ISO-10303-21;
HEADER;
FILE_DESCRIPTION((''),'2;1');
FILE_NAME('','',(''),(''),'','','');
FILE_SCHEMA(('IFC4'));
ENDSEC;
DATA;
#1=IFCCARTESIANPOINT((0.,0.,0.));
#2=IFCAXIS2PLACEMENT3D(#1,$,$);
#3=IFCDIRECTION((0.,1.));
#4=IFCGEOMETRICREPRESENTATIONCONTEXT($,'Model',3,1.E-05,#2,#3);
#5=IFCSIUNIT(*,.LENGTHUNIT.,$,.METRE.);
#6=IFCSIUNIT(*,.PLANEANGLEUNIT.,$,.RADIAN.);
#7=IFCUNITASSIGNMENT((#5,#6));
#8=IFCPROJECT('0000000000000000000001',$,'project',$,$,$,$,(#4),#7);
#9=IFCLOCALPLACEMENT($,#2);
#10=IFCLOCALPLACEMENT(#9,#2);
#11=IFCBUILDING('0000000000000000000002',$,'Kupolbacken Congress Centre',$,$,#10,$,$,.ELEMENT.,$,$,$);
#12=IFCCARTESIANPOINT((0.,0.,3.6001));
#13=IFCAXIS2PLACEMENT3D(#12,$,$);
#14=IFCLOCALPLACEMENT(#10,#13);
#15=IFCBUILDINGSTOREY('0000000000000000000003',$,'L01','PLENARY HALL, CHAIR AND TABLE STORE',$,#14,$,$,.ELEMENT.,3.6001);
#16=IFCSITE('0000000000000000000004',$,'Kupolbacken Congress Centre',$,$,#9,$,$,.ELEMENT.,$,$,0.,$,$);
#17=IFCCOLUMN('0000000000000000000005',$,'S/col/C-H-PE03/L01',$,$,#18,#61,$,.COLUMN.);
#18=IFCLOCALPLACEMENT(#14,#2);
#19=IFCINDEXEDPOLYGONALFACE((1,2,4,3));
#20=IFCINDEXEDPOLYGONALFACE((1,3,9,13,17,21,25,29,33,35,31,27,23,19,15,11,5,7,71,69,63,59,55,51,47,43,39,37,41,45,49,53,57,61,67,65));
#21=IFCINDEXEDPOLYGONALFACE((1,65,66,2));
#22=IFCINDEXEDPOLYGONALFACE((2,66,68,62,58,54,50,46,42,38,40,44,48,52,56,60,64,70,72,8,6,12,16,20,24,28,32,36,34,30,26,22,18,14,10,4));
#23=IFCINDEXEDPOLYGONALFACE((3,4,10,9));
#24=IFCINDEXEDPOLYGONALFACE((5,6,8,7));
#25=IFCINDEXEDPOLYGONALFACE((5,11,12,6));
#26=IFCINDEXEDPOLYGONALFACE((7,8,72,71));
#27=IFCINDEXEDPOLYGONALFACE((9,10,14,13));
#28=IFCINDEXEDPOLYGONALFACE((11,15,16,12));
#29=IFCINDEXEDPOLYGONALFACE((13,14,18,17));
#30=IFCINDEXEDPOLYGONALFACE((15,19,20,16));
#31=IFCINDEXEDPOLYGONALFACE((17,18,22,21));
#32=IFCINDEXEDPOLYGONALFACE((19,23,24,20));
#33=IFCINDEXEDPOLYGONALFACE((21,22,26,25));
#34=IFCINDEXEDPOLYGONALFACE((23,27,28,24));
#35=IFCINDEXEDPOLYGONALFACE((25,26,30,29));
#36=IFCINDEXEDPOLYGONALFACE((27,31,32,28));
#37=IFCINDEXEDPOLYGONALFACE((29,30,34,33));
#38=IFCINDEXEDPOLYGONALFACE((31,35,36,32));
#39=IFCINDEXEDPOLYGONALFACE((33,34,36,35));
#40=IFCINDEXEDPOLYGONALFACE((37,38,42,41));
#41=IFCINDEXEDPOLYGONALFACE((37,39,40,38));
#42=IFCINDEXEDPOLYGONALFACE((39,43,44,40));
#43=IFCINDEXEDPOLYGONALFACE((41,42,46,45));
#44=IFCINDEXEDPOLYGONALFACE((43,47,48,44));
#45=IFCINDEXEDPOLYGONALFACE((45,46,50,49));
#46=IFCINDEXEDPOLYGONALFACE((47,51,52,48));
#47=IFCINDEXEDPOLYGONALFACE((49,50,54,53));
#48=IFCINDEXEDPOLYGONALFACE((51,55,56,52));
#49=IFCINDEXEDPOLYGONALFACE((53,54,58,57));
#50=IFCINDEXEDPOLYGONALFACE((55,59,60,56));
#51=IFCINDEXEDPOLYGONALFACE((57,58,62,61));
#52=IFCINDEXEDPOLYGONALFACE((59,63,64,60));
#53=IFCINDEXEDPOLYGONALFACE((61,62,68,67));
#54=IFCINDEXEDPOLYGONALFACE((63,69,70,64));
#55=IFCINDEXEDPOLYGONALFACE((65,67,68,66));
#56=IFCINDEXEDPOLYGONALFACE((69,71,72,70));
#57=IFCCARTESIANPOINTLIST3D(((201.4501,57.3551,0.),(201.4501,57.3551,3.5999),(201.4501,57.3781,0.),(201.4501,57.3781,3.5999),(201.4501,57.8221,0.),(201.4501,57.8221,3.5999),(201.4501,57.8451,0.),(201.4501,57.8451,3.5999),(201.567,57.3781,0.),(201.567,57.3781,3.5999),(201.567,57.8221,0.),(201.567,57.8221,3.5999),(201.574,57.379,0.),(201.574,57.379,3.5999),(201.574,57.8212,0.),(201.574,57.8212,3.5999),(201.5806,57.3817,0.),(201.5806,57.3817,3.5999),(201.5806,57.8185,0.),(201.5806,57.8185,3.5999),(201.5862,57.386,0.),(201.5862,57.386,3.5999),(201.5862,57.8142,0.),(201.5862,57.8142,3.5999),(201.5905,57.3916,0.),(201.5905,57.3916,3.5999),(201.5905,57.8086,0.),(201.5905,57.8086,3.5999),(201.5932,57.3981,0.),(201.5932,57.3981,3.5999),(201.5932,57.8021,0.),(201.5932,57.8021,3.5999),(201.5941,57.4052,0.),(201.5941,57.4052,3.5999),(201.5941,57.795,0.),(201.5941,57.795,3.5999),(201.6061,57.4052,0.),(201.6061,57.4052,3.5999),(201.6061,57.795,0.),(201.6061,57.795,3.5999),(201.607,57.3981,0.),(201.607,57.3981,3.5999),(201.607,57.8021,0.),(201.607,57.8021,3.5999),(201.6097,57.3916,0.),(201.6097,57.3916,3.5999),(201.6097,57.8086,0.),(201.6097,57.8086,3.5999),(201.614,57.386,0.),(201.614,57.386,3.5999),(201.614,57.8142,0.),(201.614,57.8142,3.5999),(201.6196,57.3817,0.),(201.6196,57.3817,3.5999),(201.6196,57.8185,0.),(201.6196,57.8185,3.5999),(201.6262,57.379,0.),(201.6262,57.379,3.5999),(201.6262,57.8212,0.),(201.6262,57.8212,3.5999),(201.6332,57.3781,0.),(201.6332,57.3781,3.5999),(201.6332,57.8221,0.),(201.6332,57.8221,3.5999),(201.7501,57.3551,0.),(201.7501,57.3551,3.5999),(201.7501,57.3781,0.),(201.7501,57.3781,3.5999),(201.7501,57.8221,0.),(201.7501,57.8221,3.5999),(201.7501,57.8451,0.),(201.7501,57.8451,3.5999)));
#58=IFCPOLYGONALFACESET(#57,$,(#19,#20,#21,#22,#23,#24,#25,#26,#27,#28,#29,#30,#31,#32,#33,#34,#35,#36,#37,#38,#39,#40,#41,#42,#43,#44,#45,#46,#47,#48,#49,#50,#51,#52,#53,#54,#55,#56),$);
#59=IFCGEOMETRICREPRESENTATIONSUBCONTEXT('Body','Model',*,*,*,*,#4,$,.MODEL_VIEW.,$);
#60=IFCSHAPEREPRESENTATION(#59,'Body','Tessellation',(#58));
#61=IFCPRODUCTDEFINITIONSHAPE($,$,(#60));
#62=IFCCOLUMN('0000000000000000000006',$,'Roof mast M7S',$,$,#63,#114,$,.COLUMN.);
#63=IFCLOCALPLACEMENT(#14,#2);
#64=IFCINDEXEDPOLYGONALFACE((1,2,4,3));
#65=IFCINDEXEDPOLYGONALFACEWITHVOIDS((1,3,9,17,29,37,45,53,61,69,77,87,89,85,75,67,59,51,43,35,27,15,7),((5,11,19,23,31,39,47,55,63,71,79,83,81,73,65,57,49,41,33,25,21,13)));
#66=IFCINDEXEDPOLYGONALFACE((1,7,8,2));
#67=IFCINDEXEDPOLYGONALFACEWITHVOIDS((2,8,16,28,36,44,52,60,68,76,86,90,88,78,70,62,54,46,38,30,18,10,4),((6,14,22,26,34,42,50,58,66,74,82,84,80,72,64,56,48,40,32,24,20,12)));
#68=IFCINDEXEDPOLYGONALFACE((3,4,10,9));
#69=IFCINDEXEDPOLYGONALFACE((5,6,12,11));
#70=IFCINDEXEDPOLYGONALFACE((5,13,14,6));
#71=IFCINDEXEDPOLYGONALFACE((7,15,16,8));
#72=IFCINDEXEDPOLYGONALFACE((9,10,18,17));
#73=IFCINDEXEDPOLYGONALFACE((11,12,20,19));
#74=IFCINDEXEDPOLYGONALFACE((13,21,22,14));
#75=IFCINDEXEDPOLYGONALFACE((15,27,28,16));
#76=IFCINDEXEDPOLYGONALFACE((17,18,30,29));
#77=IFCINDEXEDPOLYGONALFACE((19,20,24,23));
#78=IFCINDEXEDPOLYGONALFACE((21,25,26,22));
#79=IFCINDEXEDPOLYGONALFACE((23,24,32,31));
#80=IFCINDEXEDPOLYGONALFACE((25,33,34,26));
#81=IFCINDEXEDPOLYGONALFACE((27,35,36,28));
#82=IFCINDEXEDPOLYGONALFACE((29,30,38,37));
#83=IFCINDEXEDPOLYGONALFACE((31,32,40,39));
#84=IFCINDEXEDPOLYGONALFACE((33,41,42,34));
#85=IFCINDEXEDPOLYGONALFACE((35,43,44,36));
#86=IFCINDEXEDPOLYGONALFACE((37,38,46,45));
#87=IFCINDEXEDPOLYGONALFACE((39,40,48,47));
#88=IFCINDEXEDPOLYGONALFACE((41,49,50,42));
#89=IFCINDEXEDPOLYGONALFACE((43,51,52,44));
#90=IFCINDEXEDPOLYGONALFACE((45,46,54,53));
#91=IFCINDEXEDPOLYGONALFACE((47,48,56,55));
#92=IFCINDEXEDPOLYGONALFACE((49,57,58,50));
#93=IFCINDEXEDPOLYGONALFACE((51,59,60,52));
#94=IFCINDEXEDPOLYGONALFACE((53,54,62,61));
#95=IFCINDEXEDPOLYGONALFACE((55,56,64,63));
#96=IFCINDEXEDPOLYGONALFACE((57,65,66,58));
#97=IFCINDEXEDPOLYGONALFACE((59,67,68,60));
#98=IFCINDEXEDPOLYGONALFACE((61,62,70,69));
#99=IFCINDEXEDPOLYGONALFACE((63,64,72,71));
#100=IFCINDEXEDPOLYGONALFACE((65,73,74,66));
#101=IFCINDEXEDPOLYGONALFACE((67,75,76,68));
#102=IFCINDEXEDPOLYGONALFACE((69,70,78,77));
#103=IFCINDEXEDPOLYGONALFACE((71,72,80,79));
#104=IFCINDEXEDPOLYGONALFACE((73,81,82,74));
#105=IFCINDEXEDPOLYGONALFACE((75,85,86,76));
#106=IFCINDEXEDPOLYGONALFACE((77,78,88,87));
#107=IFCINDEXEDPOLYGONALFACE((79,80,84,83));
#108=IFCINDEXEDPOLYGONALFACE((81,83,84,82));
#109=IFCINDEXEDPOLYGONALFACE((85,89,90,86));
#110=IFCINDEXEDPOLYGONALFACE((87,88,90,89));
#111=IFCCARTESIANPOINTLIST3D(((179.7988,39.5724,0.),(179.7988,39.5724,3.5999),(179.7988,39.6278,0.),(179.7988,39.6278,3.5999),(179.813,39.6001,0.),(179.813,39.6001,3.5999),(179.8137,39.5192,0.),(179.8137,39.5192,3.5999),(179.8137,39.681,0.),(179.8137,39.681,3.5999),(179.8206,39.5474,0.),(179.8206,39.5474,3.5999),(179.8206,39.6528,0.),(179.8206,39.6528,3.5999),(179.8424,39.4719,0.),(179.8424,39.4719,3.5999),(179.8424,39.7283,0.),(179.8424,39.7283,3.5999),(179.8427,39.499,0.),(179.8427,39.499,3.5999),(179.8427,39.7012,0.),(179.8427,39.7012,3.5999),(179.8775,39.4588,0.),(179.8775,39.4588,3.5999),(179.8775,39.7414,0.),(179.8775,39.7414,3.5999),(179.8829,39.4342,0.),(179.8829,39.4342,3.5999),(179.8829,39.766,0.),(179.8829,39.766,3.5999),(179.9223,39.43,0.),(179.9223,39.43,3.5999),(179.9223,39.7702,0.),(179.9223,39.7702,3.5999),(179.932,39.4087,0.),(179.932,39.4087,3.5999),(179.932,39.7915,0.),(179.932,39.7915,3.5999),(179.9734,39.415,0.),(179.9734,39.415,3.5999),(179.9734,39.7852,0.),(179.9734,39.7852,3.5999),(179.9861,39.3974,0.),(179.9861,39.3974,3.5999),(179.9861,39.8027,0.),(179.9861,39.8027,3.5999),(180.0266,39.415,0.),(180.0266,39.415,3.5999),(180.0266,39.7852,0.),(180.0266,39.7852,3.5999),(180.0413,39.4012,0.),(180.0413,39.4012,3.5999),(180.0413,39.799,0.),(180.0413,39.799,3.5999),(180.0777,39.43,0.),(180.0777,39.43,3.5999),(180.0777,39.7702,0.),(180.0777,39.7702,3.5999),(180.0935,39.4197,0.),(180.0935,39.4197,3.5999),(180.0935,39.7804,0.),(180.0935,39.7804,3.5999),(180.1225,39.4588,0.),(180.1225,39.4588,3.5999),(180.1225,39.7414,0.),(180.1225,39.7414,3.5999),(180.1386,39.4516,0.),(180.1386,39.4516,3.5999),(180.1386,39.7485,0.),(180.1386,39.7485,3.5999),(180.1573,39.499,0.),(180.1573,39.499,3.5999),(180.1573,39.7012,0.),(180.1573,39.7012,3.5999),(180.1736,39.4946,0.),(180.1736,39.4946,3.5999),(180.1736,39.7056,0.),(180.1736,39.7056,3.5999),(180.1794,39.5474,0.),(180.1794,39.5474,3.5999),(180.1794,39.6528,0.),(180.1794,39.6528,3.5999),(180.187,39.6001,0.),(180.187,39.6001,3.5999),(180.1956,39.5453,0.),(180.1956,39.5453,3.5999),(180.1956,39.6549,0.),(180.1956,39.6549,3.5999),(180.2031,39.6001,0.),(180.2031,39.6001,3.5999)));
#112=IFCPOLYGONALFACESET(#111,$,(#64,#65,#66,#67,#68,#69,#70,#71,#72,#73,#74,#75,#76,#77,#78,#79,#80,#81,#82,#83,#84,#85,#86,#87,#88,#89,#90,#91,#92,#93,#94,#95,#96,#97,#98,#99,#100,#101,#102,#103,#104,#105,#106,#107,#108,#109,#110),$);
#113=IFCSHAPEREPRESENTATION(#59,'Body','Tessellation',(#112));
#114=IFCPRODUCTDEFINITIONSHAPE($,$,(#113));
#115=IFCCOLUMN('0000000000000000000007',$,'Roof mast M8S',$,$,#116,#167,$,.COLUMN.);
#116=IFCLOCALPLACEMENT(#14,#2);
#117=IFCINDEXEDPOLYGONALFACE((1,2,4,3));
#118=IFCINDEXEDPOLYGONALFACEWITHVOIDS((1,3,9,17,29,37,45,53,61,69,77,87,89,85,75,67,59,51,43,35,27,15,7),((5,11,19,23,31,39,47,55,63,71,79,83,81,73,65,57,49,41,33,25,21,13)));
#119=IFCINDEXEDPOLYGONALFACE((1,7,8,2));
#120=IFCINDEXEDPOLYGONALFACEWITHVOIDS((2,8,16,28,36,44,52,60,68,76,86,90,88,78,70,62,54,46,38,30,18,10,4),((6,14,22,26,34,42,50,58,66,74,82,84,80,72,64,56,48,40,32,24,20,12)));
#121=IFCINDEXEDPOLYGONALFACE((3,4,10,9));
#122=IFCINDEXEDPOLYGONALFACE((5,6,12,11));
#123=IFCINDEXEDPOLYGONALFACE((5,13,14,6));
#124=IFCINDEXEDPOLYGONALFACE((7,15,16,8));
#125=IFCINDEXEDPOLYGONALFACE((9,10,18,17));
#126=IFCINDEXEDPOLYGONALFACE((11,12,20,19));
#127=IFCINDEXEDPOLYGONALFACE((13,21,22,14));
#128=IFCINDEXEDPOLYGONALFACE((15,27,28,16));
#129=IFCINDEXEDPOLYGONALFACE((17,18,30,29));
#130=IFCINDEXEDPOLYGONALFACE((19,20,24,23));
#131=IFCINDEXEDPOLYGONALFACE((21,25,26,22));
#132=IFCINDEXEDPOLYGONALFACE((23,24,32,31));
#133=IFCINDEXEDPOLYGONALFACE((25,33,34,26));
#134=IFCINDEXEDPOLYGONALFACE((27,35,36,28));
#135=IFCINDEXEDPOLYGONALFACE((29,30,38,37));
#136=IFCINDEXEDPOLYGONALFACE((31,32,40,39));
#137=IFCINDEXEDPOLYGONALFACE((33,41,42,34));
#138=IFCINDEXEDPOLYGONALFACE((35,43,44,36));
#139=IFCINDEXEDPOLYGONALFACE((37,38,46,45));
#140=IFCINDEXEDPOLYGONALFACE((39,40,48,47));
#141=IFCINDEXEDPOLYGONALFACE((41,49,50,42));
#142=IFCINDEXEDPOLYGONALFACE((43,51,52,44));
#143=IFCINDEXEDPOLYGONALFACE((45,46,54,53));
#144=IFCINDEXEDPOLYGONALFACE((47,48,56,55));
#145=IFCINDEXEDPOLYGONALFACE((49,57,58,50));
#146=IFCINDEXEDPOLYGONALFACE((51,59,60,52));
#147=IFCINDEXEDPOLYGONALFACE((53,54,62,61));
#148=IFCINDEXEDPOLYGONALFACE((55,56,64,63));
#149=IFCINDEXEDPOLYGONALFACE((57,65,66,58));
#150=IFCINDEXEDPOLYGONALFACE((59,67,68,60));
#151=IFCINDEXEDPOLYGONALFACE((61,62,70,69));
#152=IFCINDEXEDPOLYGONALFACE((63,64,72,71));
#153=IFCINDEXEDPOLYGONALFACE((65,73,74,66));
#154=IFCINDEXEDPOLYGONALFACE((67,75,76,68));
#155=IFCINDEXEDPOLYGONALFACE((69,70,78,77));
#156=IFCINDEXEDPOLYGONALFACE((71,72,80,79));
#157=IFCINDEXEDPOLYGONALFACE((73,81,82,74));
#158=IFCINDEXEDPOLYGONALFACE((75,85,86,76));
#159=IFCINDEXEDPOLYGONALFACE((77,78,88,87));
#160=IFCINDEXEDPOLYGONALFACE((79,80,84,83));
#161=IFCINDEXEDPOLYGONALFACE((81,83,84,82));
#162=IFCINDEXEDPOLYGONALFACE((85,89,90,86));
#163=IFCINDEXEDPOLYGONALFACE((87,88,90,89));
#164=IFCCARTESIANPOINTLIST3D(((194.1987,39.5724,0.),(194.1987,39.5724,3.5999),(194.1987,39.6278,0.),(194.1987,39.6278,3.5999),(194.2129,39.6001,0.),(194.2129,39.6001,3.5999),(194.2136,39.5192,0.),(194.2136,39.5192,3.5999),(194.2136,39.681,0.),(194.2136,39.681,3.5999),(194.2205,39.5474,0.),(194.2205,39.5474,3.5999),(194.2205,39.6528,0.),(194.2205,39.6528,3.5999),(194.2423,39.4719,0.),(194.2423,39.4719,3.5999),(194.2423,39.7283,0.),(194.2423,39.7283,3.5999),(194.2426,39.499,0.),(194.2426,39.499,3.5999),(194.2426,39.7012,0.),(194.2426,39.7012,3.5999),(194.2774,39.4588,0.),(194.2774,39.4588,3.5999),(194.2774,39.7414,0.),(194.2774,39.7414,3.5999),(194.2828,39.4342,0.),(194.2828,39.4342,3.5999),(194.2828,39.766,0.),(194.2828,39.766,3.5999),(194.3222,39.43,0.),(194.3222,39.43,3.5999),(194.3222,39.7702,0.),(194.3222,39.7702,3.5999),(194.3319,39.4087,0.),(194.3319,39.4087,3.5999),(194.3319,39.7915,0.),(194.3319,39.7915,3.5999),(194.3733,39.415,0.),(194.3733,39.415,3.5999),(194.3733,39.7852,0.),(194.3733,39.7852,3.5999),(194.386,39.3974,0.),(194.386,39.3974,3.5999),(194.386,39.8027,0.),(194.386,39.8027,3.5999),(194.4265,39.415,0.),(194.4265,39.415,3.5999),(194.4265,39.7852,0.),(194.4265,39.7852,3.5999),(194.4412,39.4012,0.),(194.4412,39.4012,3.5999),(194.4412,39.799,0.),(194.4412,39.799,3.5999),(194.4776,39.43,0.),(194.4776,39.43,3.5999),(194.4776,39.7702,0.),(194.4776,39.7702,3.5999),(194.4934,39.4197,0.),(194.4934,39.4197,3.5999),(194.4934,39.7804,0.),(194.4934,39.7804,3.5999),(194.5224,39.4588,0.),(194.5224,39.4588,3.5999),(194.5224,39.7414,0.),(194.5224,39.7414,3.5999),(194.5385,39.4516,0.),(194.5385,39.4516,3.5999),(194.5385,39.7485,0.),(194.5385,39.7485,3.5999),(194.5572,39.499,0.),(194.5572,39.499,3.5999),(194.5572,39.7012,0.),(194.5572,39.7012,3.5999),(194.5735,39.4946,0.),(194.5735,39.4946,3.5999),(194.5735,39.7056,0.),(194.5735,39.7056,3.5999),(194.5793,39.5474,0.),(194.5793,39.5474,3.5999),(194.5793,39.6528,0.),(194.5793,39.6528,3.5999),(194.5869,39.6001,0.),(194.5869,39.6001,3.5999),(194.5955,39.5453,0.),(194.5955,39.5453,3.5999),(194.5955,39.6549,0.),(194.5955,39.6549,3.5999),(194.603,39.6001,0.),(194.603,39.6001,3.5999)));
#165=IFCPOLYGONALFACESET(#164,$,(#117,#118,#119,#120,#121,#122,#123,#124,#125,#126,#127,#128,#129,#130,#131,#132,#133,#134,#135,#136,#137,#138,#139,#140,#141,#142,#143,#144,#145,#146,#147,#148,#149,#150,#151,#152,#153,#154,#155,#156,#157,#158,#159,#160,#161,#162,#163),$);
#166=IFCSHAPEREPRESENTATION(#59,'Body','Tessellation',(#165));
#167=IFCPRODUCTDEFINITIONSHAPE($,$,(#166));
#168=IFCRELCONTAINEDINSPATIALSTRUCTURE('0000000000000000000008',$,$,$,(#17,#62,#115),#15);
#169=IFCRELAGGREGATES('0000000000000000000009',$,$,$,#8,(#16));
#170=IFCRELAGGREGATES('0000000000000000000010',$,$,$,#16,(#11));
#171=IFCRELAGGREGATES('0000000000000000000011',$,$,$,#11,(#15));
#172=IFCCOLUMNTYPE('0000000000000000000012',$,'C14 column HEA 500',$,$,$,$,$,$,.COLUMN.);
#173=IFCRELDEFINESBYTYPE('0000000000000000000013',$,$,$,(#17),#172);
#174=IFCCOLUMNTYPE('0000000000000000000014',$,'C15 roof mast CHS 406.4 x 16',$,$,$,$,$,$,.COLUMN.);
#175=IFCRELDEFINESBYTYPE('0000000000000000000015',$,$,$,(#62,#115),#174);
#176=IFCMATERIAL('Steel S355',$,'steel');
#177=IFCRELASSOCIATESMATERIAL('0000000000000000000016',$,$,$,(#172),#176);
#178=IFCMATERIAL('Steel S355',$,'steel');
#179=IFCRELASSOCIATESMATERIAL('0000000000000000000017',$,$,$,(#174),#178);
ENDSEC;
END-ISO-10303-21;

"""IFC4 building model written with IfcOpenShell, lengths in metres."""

from ifc_helpers import new_model, si_unit, direction, frame, origin, origin_2d, place, context, subcontext, project, spatial, hollow_circle, i_section, extrude, material, material_profile, profile_set, type_object, element, save


model = new_model("IFC4")

# Units and contexts
model_context = context("Model", 3, precision=1e-05, world=origin(), true_north=direction((0.0, 1.0)))
body_context = subcontext(model_context, "Body", "Model", "MODEL_VIEW")
ifc_project = project(units=[si_unit("LENGTHUNIT", "METRE"), si_unit("PLANEANGLEUNIT", "RADIAN")], contexts=[model_context])

# Site, building, storey
site_placement = place(None, origin())
site = spatial("IfcSite", under=ifc_project, at=site_placement, Name="Kupolbacken Congress Centre", CompositionType="ELEMENT", RefElevation=0.0)
building_placement = place(site_placement, origin())
building = spatial("IfcBuilding", under=site, at=building_placement, Name="Kupolbacken Congress Centre", CompositionType="ELEMENT")
storey_placement = place(building_placement, frame((0.0, 0.0, 3.6001)))
storey = spatial("IfcBuildingStorey", under=building, at=storey_placement, Name="L01", Description="PLENARY HALL, CHAIR AND TABLE STORE", CompositionType="ELEMENT", Elevation=3.6001)

# Columns
ifc_material_1 = material(Name="Steel S355", Category="steel")
ifc_material_profile_1 = material_profile(ifc_material_1, i_section(OverallWidth=0.3, OverallDepth=0.49, WebThickness=0.012, FlangeThickness=0.0229, FilletRadius=0.0271, at=origin_2d()), Name="HEA 500")
ifc_profile_set_1 = profile_set([ifc_material_profile_1], Name="Steel S355")
column_type_1 = type_object("IfcColumnType", Name="C14 column HEA 500", PredefinedType="COLUMN", material=ifc_profile_set_1)
column_placement = place(storey_placement, frame((201.6001, 57.6001, 0.0), z_axis=(0.0, 0.0, 1.0), x_axis=(1.0, 0.0, 0.0)))
element("IfcColumn", 1, at=column_placement, inside=storey, type_object=column_type_1, Name="S/col/C-H-PE03/L01", PredefinedType="COLUMN", context=body_context, shape_type="SweptSolid", body=[
    extrude(i_section(OverallWidth=0.3, OverallDepth=0.49, WebThickness=0.012, FlangeThickness=0.0229, FilletRadius=0.0271, at=origin_2d()), origin(), (0.0, 0.0, 1.0), 3.5999),
])
ifc_material_2 = material(Name="Steel S355", Category="steel")
ifc_material_profile_2 = material_profile(ifc_material_2, hollow_circle(Radius=0.2031, WallThickness=0.0161, at=origin_2d()), Name="CHS 406.4 x 16")
ifc_profile_set_2 = profile_set([ifc_material_profile_2], Name="Steel S355")
column_type_2 = type_object("IfcColumnType", Name="C15 roof mast CHS 406.4 x 16", PredefinedType="COLUMN", material=ifc_profile_set_2)
for number, where, z_axis, x_axis, name in (
    (2, (180.0, 39.6001, 0.0), (0.0, 0.0, 1.0), (1.0, 0.0, 0.0), "Roof mast M7S"),
    (3, (194.3999, 39.6001, 0.0), (0.0, 0.0, 1.0), (1.0, 0.0, 0.0), "Roof mast M8S"),
):
    element("IfcColumn", number, at=place(storey_placement, frame(where, z_axis=z_axis, x_axis=x_axis)), inside=storey, type_object=column_type_2, Name=name, PredefinedType="COLUMN", context=body_context, shape_type="SweptSolid", body=[
        extrude(hollow_circle(Radius=0.2031, WallThickness=0.0161, at=origin_2d()), origin(), (0.0, 0.0, 1.0), 3.5999),
    ])

save(model, "model.ifc")
